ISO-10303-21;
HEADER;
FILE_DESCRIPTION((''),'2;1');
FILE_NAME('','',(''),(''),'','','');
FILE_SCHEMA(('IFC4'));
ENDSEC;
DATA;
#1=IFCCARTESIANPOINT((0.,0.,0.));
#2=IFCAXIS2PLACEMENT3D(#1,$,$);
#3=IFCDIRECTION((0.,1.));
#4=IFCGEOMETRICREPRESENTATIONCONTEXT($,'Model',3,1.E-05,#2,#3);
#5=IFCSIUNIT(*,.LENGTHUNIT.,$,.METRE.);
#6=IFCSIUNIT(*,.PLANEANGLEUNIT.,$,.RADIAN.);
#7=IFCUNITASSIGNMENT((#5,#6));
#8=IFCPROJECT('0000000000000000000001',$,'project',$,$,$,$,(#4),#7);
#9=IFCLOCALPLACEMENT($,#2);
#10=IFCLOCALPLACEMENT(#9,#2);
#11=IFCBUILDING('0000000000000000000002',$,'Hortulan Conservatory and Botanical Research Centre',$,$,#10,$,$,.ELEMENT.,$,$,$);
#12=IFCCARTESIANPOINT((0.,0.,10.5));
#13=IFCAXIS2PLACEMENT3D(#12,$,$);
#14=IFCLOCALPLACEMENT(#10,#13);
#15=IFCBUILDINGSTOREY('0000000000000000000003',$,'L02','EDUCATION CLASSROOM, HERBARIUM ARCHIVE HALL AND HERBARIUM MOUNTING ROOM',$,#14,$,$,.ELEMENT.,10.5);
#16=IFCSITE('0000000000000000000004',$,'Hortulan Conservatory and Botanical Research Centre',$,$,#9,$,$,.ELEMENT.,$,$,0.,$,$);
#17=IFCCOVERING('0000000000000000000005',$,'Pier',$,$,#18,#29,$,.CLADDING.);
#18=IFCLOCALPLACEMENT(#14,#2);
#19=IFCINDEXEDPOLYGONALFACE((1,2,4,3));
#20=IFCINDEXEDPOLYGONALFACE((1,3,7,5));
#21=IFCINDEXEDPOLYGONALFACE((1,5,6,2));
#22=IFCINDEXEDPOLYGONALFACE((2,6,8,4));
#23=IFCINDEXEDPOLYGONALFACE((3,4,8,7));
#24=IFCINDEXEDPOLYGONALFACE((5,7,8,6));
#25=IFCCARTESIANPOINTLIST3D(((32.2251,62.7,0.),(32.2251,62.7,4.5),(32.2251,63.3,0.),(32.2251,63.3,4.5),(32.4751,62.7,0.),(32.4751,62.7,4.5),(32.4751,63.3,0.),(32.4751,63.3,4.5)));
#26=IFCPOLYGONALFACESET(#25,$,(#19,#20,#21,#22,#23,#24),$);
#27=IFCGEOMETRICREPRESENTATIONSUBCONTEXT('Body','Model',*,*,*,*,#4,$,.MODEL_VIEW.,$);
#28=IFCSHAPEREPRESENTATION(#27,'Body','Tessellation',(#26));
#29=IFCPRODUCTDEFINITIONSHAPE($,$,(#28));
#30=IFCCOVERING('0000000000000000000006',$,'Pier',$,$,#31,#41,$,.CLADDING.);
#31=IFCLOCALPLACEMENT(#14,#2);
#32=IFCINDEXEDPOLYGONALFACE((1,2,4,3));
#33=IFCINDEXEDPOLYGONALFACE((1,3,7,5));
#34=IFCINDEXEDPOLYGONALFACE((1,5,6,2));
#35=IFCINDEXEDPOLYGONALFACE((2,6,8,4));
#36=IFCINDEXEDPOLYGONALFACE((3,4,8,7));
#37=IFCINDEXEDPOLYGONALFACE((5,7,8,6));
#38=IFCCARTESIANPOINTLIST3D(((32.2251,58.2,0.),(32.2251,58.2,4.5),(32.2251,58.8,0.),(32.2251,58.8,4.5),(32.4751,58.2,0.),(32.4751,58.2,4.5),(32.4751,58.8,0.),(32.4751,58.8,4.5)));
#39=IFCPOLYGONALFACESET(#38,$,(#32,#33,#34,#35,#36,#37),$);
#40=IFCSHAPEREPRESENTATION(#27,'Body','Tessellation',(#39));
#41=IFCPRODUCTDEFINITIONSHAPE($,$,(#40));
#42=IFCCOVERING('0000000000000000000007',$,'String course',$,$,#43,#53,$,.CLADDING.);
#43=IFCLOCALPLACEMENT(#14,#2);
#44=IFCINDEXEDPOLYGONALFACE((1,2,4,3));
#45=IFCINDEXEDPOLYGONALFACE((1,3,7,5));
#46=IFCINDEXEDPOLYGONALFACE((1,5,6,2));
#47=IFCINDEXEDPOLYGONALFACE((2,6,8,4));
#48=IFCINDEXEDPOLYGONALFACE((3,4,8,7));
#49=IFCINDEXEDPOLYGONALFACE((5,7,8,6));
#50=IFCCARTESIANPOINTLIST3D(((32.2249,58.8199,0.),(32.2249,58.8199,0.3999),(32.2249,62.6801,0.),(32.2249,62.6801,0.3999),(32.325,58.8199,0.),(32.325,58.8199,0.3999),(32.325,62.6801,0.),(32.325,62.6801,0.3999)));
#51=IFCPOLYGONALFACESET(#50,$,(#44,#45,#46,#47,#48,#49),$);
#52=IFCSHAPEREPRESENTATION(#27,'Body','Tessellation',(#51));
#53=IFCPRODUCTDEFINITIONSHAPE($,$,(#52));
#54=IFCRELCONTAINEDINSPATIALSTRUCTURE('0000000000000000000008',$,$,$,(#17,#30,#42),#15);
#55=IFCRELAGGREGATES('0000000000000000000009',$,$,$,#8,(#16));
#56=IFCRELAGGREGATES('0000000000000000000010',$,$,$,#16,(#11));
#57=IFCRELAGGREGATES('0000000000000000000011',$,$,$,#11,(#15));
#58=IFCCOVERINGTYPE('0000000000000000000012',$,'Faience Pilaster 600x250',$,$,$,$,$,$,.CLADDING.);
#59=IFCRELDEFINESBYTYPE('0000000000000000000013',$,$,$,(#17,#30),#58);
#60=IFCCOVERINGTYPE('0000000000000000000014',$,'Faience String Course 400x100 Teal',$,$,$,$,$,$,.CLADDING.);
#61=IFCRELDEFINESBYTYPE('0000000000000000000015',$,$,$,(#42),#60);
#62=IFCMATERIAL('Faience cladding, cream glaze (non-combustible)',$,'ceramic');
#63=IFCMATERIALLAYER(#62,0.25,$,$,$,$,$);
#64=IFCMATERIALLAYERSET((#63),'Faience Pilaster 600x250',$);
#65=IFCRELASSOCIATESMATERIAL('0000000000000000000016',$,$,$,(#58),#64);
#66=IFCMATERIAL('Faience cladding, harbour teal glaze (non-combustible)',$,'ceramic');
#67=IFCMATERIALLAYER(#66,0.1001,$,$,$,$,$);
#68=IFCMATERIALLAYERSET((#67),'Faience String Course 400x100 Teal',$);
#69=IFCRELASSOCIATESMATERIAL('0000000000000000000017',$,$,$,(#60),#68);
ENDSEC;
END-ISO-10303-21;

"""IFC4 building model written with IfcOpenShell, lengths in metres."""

from ifc_helpers import new_model, si_unit, direction, frame, origin, origin_2d, place, context, subcontext, project, spatial, rectangle, extrude, material, layer, layer_set, type_object, element, save


model = new_model("IFC4")

# Units and contexts
model_context = context("Model", 3, precision=1e-05, world=origin(), true_north=direction((0.0, 1.0)))
body_context = subcontext(model_context, "Body", "Model", "MODEL_VIEW")
ifc_project = project(units=[si_unit("LENGTHUNIT", "METRE"), si_unit("PLANEANGLEUNIT", "RADIAN")], contexts=[model_context])

# Site, building, storey
site_placement = place(None, origin())
site = spatial("IfcSite", under=ifc_project, at=site_placement, Name="Hortulan Conservatory and Botanical Research Centre", CompositionType="ELEMENT", RefElevation=0.0)
building_placement = place(site_placement, origin())
building = spatial("IfcBuilding", under=site, at=building_placement, Name="Hortulan Conservatory and Botanical Research Centre", CompositionType="ELEMENT")
storey_placement = place(building_placement, frame((0.0, 0.0, 10.5)))
storey = spatial("IfcBuildingStorey", under=building, at=storey_placement, Name="L02", Description="EDUCATION CLASSROOM, HERBARIUM ARCHIVE HALL AND HERBARIUM MOUNTING ROOM", CompositionType="ELEMENT", Elevation=10.5)

# Coverings
ifc_material_1 = material(Name="Faience cladding, cream glaze (non-combustible)", Category="ceramic")
ifc_layer_1 = layer(ifc_material_1, 0.25)
ifc_layer_set_1 = layer_set([ifc_layer_1], Name="Faience Pilaster 600x250")
covering_type_1 = type_object("IfcCoveringType", Name="Faience Pilaster 600x250", PredefinedType="CLADDING", material=ifc_layer_set_1)
for number, where, z_axis, x_axis, name in (
    (1, (32.3501, 63.0, 0.0), (0.0, 0.0, 1.0), (0.0, -1.0, 0.0), "Pier"),
    (2, (32.3501, 58.5, 0.0), (0.0, 0.0, 1.0), (0.0, -1.0, 0.0), "Pier"),
):
    element("IfcCovering", number, at=place(storey_placement, frame(where, z_axis=z_axis, x_axis=x_axis)), inside=storey, type_object=covering_type_1, Name=name, PredefinedType="CLADDING", context=body_context, shape_type="SweptSolid", body=[
        extrude(rectangle(XDim=0.6001, YDim=0.25, at=origin_2d()), origin(), (0.0, 0.0, 1.0), 4.5),
    ])
ifc_material_2 = material(Name="Faience cladding, harbour teal glaze (non-combustible)", Category="ceramic")
ifc_layer_2 = layer(ifc_material_2, 0.1001)
ifc_layer_set_2 = layer_set([ifc_layer_2], Name="Faience String Course 400x100 Teal")
covering_type_2 = type_object("IfcCoveringType", Name="Faience String Course 400x100 Teal", PredefinedType="CLADDING", material=ifc_layer_set_2)
covering_1_placement = place(storey_placement, frame((32.2749, 60.75, 0.0), z_axis=(0.0, 0.0, 1.0), x_axis=(0.0, -1.0, 0.0)))
element("IfcCovering", 3, at=covering_1_placement, inside=storey, type_object=covering_type_2, Name="String course", PredefinedType="CLADDING", context=body_context, shape_type="SweptSolid", body=[
    extrude(rectangle(XDim=3.8601, YDim=0.1001, at=origin_2d()), origin(), (0.0, 0.0, 1.0), 0.3999),
])

save(model, "model.ifc")
